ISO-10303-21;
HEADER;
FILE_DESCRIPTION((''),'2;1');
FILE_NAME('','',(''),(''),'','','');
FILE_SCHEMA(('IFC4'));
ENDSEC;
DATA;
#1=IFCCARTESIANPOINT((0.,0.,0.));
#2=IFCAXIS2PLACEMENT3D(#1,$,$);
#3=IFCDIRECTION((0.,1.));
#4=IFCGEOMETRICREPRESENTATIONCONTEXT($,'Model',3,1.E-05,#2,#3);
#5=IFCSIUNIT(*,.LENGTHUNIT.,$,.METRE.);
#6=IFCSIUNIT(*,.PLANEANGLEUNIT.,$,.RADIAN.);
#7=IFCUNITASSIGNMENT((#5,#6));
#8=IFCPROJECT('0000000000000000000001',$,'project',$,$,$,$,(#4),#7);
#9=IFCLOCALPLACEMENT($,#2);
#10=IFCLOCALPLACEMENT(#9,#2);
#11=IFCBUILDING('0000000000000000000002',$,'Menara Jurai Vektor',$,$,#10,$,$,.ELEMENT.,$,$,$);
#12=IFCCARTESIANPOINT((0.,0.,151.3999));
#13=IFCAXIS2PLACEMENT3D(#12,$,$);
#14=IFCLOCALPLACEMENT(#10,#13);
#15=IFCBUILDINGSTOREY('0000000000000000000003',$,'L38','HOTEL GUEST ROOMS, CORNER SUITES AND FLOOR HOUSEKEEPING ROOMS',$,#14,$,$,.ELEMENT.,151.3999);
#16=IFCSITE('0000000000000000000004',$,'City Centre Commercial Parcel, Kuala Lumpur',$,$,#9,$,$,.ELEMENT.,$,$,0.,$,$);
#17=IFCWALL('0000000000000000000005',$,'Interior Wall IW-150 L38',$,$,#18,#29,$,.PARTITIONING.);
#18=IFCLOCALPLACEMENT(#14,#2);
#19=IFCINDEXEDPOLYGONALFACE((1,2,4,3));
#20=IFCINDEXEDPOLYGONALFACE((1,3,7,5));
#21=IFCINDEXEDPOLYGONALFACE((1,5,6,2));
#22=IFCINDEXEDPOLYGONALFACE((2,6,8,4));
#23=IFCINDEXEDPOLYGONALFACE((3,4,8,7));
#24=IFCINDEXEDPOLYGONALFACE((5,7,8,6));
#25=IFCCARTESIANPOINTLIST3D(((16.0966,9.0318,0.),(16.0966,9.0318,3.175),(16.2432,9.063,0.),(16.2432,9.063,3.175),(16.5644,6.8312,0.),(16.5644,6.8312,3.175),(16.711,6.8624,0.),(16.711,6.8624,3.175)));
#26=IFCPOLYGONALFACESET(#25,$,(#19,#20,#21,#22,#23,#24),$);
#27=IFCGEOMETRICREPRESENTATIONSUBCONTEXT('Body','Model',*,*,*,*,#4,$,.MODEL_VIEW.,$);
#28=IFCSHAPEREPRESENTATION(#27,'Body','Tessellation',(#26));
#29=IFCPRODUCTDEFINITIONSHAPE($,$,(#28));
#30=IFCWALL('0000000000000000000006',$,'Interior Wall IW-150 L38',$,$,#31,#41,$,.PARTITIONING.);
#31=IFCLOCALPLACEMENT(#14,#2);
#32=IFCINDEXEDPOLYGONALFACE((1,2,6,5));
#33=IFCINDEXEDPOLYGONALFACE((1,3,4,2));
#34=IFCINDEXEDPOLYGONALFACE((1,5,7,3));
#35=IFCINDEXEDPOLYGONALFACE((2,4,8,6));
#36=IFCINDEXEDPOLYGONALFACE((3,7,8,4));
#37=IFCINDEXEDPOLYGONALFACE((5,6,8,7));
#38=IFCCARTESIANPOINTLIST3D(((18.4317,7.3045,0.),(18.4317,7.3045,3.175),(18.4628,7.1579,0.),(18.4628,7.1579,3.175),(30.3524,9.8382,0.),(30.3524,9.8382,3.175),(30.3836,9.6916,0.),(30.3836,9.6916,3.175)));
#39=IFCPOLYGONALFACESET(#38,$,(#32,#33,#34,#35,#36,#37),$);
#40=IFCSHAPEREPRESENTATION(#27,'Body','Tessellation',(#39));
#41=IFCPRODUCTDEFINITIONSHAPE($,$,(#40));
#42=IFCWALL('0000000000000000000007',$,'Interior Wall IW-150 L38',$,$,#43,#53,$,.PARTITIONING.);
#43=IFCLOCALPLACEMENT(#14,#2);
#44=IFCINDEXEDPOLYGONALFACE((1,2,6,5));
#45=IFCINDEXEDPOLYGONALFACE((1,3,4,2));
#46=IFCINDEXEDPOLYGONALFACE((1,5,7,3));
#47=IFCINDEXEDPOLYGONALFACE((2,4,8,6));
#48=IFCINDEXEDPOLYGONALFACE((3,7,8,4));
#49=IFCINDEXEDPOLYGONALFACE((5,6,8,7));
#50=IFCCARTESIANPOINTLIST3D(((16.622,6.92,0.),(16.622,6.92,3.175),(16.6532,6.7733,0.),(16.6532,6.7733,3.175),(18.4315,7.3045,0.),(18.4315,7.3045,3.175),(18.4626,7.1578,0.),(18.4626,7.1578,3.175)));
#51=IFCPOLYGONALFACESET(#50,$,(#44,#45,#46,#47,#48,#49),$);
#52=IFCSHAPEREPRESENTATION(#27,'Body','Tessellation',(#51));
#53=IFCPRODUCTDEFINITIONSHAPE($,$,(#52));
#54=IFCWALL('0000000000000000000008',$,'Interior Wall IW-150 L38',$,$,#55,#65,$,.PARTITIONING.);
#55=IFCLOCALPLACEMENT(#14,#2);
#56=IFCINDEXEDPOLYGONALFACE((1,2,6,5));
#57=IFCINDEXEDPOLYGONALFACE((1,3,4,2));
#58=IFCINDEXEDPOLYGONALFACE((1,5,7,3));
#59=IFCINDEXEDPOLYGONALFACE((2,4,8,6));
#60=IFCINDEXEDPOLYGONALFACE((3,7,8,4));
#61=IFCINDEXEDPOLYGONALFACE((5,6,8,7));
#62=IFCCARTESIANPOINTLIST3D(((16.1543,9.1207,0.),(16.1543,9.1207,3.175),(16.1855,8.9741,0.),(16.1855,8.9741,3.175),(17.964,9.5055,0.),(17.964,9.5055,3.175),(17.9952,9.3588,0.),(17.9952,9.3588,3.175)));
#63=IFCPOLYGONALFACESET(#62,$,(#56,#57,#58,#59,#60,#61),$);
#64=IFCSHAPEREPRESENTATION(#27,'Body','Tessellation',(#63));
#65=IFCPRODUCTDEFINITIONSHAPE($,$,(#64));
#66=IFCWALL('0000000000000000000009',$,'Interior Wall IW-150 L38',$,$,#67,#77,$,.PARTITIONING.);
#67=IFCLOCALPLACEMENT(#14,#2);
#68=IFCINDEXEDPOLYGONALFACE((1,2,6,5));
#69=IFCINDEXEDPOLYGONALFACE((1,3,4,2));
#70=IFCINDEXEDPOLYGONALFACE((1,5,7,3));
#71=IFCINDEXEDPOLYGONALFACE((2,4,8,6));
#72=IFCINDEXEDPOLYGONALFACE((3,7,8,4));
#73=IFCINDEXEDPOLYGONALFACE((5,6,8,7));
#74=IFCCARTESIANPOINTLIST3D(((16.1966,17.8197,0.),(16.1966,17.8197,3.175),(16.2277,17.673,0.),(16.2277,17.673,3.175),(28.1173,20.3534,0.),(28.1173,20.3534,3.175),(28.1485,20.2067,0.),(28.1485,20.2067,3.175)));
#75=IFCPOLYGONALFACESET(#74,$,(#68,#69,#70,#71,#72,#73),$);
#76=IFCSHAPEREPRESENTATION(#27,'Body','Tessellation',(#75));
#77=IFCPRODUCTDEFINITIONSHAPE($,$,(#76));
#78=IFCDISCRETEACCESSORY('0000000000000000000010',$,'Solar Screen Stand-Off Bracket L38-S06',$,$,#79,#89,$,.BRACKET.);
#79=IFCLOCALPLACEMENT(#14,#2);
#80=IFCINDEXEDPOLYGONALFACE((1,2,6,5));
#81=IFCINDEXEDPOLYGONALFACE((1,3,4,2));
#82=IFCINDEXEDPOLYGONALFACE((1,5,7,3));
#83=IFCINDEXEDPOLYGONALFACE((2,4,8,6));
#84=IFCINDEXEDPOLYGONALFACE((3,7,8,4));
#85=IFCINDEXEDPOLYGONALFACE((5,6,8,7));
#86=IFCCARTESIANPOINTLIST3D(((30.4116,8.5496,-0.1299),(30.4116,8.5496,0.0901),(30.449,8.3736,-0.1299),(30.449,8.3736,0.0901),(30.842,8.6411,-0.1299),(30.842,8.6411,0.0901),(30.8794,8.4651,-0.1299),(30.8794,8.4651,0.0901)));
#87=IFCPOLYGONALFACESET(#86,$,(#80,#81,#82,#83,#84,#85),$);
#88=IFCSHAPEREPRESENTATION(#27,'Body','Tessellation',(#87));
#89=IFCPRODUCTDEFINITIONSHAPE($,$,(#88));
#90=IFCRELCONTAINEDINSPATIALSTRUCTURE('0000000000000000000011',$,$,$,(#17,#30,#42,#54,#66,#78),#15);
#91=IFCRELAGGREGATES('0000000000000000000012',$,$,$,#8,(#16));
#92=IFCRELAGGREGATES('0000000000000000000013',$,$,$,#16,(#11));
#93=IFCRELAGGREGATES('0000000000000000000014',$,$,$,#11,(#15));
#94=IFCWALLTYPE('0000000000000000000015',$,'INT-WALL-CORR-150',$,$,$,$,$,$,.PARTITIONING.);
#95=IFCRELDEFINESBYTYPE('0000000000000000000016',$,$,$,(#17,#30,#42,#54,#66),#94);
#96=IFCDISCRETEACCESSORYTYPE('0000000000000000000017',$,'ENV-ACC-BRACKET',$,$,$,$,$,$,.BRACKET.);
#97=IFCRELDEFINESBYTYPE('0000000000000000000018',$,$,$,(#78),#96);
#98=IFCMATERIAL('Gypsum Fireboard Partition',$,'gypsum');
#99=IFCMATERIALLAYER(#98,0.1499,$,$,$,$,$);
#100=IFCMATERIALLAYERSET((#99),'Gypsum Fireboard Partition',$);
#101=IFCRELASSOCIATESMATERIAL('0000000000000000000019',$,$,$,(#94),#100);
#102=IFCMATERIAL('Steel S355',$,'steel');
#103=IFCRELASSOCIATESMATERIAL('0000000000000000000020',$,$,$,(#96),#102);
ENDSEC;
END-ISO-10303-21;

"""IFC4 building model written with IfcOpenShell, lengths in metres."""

from ifc_helpers import new_model, si_unit, direction, frame, frame_2d, origin, origin_2d, place, context, subcontext, project, spatial, rectangle, extrude, material, layer, layer_set, type_object, element, save


model = new_model("IFC4")

# Units and contexts
model_context = context("Model", 3, precision=1e-05, world=origin(), true_north=direction((0.0, 1.0)))
body_context = subcontext(model_context, "Body", "Model", "MODEL_VIEW")
ifc_project = project(units=[si_unit("LENGTHUNIT", "METRE"), si_unit("PLANEANGLEUNIT", "RADIAN")], contexts=[model_context])

# Site, building, storey
site_placement = place(None, origin())
site = spatial("IfcSite", under=ifc_project, at=site_placement, Name="City Centre Commercial Parcel, Kuala Lumpur", CompositionType="ELEMENT", RefElevation=0.0)
building_placement = place(site_placement, origin())
building = spatial("IfcBuilding", under=site, at=building_placement, Name="Menara Jurai Vektor", CompositionType="ELEMENT")
storey_placement = place(building_placement, frame((0.0, 0.0, 151.3999)))
storey = spatial("IfcBuildingStorey", under=building, at=storey_placement, Name="L38", Description="HOTEL GUEST ROOMS, CORNER SUITES AND FLOOR HOUSEKEEPING ROOMS", CompositionType="ELEMENT", Elevation=151.3999)

# Shared definitions
ifc_material_1 = material(Name="Steel S355", Category="steel")

# Walls
ifc_material_2 = material(Name="Gypsum Fireboard Partition", Category="gypsum")
ifc_layer_1 = layer(ifc_material_2, 0.1499)
ifc_layer_set_1 = layer_set([ifc_layer_1], Name="Gypsum Fireboard Partition")
wall_type = type_object("IfcWallType", Name="INT-WALL-CORR-150", PredefinedType="PARTITIONING", material=ifc_layer_set_1)
wall_1_placement = place(storey_placement, frame((16.6377, 6.8467, 0.0), z_axis=(0.0, 0.0, 1.0), x_axis=(-0.207913, 0.978147, 0.0)))
element("IfcWall", 1, at=wall_1_placement, inside=storey, type_object=wall_type, Name="Interior Wall IW-150 L38", PredefinedType="PARTITIONING", context=body_context, shape_type="SweptSolid", body=[
    extrude(rectangle(XDim=2.2498, YDim=0.1499, at=frame_2d((1.125, 0.0))), origin(), (0.0, 0.0, 1.0), 3.175),
])
wall_2_placement = place(storey_placement, frame((18.4473, 7.2312, 0.0), z_axis=(0.0, 0.0, 1.0), x_axis=(0.97815, 0.207902, 0.0)))
element("IfcWall", 2, at=wall_2_placement, inside=storey, type_object=wall_type, Name="Interior Wall IW-150 L38", PredefinedType="PARTITIONING", context=body_context, shape_type="SweptSolid", body=[
    extrude(rectangle(XDim=12.187, YDim=0.1499, at=frame_2d((6.0935, 0.0))), origin(), (0.0, 0.0, 1.0), 3.175),
])
wall_3_placement = place(storey_placement, frame((16.6377, 6.8467, 0.0), z_axis=(0.0, 0.0, 1.0), x_axis=(0.97816, 0.207852, 0.0)))
element("IfcWall", 3, at=wall_3_placement, inside=storey, type_object=wall_type, Name="Interior Wall IW-150 L38", PredefinedType="PARTITIONING", context=body_context, shape_type="SweptSolid", body=[
    extrude(rectangle(XDim=1.8499, YDim=0.1499, at=frame_2d((0.9248, 0.0))), origin(), (0.0, 0.0, 1.0), 3.175),
])
wall_4_placement = place(storey_placement, frame((16.1699, 9.0474, 0.0), z_axis=(0.0, 0.0, 1.0), x_axis=(0.978133, 0.207979, 0.0)))
element("IfcWall", 4, at=wall_4_placement, inside=storey, type_object=wall_type, Name="Interior Wall IW-150 L38", PredefinedType="PARTITIONING", context=body_context, shape_type="SweptSolid", body=[
    extrude(rectangle(XDim=1.8501, YDim=0.1499, at=frame_2d((0.925, 0.0))), origin(), (0.0, 0.0, 1.0), 3.175),
])

# Wall
wall_5_placement = place(storey_placement, frame((16.2122, 17.7463, 0.0), z_axis=(0.0, 0.0, 1.0), x_axis=(0.97815, 0.207902, 0.0)))
element("IfcWall", 5, at=wall_5_placement, inside=storey, type_object=wall_type, Name="Interior Wall IW-150 L38", PredefinedType="PARTITIONING", context=body_context, shape_type="SweptSolid", body=[
    extrude(rectangle(XDim=12.187, YDim=0.1499, at=frame_2d((6.0935, 0.0))), origin(), (0.0, 0.0, 1.0), 3.175),
])

# Discrete accessory
discrete_accessory_type = type_object("IfcDiscreteAccessoryType", Name="ENV-ACC-BRACKET", PredefinedType="BRACKET", material=ifc_material_1)
discrete_accessory_placement = place(storey_placement, frame((30.6455, 8.5073, -0.1299), z_axis=(0.0, 0.0, 1.0), x_axis=(-0.207912, 0.978148, 0.0)))
element("IfcDiscreteAccessory", 6, at=discrete_accessory_placement, inside=storey, type_object=discrete_accessory_type, Name="Solar Screen Stand-Off Bracket L38-S06", PredefinedType="BRACKET", context=body_context, shape_type="SweptSolid", body=[
    extrude(rectangle(XDim=0.1799, YDim=0.4399, at=origin_2d()), origin(), (0.0, 0.0, 1.0), 0.22),
])

save(model, "model.ifc")
